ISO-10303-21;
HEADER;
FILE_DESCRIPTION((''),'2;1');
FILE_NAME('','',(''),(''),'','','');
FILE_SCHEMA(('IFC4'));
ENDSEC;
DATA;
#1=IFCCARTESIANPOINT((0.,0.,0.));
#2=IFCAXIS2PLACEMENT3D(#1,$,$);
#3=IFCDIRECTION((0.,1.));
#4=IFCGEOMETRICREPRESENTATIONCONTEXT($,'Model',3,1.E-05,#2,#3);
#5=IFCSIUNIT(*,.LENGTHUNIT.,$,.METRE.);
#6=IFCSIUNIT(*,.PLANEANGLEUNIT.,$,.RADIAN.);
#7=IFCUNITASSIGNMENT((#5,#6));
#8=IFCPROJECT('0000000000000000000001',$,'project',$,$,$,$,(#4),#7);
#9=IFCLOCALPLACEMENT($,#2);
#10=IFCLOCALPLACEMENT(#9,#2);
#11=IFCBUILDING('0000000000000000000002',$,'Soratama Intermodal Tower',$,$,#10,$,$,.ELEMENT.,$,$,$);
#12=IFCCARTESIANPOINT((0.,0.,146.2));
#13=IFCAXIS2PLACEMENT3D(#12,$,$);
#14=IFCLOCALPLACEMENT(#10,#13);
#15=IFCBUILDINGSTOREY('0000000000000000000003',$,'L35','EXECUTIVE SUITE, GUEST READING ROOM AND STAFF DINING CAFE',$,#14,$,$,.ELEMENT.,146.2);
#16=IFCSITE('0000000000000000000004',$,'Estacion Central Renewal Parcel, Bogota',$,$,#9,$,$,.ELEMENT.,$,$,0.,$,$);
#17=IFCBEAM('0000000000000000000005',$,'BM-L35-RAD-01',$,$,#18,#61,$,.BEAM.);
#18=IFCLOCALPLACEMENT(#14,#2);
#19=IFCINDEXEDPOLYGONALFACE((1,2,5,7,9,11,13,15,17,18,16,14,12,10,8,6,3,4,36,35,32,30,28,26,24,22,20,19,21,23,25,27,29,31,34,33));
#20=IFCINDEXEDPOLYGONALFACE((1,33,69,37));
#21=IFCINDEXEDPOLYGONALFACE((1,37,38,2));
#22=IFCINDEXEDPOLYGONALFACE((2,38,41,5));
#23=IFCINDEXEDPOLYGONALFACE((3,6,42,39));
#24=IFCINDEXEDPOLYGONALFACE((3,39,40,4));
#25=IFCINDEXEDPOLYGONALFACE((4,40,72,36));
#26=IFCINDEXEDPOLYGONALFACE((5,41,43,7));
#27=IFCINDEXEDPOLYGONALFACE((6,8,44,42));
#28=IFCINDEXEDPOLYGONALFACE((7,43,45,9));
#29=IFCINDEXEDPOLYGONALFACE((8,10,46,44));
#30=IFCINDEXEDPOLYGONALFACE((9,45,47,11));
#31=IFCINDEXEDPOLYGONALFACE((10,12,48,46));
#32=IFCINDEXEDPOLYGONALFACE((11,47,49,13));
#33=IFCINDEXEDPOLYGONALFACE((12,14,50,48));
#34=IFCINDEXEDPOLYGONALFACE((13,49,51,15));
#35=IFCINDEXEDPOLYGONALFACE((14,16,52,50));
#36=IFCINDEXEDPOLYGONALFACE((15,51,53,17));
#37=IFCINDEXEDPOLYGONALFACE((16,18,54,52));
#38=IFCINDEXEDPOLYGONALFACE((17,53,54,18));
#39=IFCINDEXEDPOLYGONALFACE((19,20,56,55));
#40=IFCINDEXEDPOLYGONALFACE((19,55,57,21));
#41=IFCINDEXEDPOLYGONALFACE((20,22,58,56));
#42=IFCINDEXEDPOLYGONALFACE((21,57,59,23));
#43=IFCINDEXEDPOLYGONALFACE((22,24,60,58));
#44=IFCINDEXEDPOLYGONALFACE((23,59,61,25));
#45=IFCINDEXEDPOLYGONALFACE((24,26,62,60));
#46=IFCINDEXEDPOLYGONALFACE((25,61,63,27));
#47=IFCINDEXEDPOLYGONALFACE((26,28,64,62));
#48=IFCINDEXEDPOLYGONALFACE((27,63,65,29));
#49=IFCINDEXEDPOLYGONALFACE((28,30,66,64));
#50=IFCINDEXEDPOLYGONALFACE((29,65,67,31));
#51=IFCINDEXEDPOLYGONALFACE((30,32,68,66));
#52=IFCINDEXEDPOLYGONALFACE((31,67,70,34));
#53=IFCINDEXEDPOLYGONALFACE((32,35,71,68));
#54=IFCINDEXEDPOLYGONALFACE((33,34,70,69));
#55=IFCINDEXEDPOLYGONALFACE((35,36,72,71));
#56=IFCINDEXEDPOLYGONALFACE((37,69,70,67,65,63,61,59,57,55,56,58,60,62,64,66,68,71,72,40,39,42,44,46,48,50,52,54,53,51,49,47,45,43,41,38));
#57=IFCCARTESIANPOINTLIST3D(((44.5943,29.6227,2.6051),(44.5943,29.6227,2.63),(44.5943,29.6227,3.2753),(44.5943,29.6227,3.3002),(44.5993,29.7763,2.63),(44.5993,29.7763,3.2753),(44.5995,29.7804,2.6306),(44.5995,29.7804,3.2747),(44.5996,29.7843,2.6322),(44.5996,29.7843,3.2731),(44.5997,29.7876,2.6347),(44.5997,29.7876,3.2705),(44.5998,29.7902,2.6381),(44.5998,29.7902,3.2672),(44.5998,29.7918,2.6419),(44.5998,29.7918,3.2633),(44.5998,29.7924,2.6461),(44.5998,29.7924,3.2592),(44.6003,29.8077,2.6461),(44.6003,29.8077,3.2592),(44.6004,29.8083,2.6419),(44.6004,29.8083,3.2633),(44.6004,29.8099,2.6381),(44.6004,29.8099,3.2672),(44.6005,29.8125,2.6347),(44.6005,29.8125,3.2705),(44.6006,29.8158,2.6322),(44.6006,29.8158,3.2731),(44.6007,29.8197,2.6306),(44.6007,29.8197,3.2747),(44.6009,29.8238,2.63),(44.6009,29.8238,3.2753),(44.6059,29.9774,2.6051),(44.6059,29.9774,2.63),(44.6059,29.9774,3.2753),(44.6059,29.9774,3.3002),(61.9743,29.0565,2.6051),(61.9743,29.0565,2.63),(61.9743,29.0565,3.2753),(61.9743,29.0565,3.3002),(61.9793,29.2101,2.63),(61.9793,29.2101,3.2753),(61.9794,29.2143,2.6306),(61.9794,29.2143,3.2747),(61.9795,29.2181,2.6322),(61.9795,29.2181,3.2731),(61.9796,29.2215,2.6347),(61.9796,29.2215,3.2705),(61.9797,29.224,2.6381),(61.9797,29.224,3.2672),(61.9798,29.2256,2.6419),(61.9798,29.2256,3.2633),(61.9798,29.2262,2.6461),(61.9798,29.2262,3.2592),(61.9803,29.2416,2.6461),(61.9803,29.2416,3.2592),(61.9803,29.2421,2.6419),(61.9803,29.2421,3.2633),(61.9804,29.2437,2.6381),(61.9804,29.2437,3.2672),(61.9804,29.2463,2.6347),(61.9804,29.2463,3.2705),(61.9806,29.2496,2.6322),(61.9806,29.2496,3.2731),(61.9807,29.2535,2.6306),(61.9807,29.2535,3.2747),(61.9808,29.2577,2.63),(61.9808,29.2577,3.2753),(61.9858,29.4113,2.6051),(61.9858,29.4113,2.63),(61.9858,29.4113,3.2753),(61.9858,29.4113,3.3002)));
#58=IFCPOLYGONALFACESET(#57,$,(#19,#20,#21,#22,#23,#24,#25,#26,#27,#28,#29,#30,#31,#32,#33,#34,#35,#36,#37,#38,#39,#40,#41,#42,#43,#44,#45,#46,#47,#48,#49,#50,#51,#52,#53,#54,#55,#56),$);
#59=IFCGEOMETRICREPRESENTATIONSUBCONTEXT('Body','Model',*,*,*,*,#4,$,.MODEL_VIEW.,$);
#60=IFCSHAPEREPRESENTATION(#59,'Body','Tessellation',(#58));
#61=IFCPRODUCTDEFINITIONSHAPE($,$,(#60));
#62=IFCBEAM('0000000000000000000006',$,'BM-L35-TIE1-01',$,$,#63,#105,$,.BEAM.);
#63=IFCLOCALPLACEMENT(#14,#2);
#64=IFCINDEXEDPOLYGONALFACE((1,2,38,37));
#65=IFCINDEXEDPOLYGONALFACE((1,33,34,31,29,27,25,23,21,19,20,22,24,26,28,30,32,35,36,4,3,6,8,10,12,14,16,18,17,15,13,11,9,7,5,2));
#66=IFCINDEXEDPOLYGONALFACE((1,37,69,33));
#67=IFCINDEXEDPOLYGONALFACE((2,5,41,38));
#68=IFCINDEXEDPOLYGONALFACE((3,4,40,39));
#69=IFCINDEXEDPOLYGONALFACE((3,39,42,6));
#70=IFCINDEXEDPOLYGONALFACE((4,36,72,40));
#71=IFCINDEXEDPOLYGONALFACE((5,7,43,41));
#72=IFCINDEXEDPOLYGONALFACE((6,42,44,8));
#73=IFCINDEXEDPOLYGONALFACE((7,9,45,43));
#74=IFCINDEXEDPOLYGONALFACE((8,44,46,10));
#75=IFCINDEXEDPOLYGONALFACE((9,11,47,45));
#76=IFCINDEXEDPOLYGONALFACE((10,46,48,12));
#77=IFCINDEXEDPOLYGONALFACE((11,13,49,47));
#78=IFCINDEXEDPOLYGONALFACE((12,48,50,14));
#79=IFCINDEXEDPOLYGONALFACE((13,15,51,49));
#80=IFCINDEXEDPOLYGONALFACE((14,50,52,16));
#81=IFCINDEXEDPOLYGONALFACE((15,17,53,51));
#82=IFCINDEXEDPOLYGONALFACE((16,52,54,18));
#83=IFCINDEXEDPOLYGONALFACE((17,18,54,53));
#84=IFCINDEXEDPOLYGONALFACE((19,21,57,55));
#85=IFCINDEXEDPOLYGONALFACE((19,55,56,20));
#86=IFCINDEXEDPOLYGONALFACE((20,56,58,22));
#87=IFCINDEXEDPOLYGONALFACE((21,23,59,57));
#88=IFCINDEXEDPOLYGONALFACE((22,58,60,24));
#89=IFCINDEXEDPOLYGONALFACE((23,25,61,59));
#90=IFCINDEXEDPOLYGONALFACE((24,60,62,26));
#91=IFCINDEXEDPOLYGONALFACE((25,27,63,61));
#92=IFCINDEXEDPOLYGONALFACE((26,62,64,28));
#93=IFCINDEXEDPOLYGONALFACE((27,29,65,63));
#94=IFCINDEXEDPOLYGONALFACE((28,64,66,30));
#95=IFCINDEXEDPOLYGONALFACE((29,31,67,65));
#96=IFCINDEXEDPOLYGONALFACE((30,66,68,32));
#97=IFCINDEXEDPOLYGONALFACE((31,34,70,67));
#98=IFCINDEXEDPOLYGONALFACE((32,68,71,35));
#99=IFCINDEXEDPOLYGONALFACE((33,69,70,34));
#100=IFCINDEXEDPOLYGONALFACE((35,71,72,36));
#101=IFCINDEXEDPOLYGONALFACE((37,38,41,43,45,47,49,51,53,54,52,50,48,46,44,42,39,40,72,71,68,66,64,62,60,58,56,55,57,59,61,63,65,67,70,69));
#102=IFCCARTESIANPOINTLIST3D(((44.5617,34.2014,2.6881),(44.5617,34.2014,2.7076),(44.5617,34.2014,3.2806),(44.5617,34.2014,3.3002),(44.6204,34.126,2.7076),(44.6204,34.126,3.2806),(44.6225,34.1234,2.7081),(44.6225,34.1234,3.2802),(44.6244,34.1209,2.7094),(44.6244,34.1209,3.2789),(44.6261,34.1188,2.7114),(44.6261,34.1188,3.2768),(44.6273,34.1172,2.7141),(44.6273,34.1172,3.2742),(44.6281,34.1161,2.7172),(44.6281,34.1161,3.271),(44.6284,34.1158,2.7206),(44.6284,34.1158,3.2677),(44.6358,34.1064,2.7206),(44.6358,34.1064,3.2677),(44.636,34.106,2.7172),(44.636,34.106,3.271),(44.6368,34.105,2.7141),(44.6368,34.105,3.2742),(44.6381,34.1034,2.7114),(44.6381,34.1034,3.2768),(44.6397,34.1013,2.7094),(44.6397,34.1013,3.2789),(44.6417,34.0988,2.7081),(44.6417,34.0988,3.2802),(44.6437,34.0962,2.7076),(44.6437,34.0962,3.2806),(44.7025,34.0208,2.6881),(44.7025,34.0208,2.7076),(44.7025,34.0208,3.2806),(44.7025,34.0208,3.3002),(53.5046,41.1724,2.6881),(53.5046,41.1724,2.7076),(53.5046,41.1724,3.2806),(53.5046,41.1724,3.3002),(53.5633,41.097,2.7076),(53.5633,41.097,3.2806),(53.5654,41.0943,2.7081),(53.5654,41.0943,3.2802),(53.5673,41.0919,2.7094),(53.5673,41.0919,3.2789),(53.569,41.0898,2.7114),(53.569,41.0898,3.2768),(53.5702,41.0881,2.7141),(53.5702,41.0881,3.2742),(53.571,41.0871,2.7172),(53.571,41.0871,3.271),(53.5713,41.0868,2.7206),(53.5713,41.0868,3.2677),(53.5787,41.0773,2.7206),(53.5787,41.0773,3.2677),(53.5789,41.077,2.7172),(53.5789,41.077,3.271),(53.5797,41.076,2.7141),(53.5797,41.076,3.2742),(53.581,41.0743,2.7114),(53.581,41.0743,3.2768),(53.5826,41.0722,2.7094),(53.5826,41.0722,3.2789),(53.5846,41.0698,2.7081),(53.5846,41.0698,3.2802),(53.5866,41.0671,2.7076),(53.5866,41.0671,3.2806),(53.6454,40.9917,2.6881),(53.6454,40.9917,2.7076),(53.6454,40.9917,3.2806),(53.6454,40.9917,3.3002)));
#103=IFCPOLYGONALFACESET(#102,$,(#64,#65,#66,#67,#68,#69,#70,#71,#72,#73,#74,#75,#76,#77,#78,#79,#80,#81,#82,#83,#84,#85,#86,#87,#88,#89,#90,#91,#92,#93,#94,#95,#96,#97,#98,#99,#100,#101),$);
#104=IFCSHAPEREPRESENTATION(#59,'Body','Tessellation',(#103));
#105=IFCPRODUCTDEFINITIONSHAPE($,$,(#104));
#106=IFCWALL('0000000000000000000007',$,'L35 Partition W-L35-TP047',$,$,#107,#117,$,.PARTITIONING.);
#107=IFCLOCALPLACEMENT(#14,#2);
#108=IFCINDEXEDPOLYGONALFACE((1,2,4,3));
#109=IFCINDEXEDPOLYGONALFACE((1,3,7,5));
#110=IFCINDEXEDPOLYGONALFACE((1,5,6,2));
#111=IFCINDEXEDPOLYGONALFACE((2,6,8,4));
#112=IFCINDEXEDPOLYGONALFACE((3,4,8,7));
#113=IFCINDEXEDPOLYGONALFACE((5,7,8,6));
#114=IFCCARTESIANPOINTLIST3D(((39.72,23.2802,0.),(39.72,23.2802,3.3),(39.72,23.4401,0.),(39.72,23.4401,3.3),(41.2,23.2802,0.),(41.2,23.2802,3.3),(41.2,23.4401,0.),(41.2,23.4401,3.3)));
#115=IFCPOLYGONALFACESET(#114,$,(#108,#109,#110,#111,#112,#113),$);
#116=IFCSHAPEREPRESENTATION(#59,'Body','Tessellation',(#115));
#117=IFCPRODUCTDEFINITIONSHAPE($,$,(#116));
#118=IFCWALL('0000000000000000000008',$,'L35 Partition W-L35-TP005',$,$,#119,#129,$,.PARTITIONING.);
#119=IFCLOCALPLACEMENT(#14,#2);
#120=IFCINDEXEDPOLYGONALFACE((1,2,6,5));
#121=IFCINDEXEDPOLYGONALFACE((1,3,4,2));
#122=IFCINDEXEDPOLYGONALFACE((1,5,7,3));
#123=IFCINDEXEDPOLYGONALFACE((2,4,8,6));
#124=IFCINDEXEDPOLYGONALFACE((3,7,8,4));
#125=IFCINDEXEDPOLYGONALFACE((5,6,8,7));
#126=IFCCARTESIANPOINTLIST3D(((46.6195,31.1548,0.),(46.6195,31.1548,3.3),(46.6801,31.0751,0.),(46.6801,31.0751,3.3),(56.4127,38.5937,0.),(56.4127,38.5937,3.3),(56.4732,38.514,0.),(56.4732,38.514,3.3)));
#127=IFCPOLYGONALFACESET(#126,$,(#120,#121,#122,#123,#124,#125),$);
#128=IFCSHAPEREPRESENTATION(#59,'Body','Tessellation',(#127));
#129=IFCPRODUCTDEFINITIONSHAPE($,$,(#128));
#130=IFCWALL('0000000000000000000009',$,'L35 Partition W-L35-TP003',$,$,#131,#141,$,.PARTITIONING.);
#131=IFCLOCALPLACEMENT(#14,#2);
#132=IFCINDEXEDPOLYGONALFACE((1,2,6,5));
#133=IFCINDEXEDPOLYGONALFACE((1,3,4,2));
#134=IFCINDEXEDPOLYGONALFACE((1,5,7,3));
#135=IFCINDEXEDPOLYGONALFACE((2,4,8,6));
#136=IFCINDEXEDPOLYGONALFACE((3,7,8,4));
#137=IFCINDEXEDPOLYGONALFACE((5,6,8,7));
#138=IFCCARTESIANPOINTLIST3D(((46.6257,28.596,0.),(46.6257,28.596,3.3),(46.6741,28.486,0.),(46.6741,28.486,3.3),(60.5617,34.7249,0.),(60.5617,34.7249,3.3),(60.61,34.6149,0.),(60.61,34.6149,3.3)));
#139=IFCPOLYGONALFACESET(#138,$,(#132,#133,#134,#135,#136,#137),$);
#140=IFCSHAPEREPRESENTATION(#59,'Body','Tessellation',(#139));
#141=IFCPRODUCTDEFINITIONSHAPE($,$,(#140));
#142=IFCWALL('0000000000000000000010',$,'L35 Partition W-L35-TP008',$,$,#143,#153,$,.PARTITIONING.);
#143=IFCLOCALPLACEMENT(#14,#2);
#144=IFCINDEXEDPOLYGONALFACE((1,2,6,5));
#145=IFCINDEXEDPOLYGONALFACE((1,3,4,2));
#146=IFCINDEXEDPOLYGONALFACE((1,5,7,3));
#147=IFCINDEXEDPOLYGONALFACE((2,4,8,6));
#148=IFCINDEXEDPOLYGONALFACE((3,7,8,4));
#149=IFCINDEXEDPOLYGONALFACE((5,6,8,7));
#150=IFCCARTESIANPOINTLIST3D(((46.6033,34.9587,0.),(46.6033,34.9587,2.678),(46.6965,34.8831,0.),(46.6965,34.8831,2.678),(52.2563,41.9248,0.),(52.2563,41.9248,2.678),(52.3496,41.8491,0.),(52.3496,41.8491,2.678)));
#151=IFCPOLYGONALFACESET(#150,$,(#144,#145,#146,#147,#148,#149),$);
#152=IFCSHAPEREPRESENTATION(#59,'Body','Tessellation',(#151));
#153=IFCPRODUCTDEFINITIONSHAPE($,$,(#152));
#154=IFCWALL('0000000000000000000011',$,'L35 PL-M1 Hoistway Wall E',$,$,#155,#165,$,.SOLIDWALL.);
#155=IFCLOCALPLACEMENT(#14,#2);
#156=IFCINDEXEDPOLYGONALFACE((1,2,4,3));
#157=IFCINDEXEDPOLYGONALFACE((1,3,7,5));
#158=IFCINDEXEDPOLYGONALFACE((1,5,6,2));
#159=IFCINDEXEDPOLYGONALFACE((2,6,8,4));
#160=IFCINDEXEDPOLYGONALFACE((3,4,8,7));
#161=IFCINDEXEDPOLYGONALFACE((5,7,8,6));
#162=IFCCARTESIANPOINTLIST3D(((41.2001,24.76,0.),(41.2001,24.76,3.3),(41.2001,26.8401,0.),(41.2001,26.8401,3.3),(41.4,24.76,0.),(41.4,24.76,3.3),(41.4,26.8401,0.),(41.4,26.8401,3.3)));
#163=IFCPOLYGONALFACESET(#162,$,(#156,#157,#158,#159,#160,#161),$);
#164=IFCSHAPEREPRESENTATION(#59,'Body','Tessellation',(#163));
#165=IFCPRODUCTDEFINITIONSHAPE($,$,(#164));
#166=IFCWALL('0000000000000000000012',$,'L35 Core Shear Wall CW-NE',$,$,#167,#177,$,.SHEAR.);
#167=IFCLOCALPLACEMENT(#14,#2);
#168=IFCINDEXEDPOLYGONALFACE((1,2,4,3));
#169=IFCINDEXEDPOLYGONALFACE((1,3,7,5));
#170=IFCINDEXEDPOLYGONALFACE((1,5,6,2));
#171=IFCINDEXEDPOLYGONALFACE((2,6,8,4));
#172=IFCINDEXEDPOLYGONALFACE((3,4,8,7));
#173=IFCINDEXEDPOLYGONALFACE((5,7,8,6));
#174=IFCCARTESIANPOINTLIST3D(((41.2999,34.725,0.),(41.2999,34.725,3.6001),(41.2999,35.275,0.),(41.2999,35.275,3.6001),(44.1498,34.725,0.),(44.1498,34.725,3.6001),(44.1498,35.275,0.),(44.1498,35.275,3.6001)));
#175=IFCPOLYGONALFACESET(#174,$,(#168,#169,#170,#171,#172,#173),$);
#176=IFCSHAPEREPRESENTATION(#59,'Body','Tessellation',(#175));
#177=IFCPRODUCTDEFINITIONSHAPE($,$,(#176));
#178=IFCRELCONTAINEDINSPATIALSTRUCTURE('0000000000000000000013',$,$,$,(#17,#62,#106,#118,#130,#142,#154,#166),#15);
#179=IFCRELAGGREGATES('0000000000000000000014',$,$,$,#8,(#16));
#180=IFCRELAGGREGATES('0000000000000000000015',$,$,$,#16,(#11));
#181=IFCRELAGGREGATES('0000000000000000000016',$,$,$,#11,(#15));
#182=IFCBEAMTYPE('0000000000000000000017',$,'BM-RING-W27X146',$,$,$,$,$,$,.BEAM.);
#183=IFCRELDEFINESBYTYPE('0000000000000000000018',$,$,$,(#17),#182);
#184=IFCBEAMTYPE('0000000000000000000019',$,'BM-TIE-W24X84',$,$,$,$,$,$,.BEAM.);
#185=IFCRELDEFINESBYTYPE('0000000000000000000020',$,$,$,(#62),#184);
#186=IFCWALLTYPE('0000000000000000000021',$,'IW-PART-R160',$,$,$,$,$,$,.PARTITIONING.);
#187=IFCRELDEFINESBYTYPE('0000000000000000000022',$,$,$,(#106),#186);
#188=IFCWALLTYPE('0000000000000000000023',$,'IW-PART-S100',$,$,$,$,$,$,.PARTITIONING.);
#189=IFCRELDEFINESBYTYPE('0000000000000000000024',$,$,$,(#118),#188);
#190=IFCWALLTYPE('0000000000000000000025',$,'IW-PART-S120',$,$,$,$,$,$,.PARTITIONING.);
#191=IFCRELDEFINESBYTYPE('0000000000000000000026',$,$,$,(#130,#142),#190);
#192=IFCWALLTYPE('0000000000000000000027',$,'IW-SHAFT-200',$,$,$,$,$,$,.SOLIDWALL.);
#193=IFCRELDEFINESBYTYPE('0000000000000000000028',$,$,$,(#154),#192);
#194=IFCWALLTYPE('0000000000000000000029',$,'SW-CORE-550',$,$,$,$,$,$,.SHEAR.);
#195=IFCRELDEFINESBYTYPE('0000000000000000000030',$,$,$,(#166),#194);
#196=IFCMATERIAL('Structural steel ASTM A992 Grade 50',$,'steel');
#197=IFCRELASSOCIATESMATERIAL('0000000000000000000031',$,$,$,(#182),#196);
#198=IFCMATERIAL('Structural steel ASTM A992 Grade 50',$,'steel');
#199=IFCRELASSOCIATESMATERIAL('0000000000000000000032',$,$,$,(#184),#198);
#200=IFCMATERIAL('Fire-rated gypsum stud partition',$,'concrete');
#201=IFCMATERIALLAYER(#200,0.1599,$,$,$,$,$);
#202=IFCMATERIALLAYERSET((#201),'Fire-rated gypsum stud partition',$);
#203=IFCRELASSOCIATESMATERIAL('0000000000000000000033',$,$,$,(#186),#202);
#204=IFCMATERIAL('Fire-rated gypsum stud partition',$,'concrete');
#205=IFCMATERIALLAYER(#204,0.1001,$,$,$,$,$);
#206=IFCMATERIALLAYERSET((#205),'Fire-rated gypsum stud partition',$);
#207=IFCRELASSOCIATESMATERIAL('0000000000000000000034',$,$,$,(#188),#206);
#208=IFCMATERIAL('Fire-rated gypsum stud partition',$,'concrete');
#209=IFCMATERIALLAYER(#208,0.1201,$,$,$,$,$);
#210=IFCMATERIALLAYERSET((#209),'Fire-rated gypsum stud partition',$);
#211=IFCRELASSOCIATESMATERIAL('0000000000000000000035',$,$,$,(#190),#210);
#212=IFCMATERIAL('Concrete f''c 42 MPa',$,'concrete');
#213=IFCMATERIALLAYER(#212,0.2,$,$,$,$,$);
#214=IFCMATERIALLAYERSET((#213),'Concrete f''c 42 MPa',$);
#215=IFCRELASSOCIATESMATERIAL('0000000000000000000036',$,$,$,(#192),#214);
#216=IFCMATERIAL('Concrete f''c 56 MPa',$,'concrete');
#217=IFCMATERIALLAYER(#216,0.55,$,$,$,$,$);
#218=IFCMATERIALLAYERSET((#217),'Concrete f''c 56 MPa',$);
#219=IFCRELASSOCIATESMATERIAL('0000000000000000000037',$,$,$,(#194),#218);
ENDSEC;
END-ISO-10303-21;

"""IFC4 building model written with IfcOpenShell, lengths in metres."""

from ifc_helpers import new_model, si_unit, direction, frame, frame_2d, origin, origin_2d, place, context, subcontext, project, spatial, rectangle, i_section, extrude, material, layer, layer_set, material_profile, profile_set, type_object, element, save


model = new_model("IFC4")

# Units and contexts
model_context = context("Model", 3, precision=1e-05, world=origin(), true_north=direction((0.0, 1.0)))
body_context = subcontext(model_context, "Body", "Model", "MODEL_VIEW")
ifc_project = project(units=[si_unit("LENGTHUNIT", "METRE"), si_unit("PLANEANGLEUNIT", "RADIAN")], contexts=[model_context])

# Site, building, storey
site_placement = place(None, origin())
site = spatial("IfcSite", under=ifc_project, at=site_placement, Name="Estacion Central Renewal Parcel, Bogota", CompositionType="ELEMENT", RefElevation=0.0)
building_placement = place(site_placement, origin())
building = spatial("IfcBuilding", under=site, at=building_placement, Name="Soratama Intermodal Tower", CompositionType="ELEMENT")
storey_placement = place(building_placement, frame((0.0, 0.0, 146.2)))
storey = spatial("IfcBuildingStorey", under=building, at=storey_placement, Name="L35", Description="EXECUTIVE SUITE, GUEST READING ROOM AND STAFF DINING CAFE", CompositionType="ELEMENT", Elevation=146.2)

# Beams
ifc_material_1 = material(Name="Structural steel ASTM A992 Grade 50", Category="steel")
ifc_material_profile_1 = material_profile(ifc_material_1, i_section(OverallWidth=0.355, OverallDepth=0.6951, WebThickness=0.0154, FlangeThickness=0.0249, FilletRadius=0.0161, at=origin_2d()), Name="W27X146")
ifc_profile_set_1 = profile_set([ifc_material_profile_1], Name="Structural steel ASTM A992 Grade 50")
beam_type_1 = type_object("IfcBeamType", Name="BM-RING-W27X146", PredefinedType="BEAM", material=ifc_profile_set_1)
beam_1_placement = place(storey_placement, frame((44.6001, 29.8, 2.9526), z_axis=(0.99947, -0.032558, 0.0), x_axis=(0.032558, 0.99947, 0.0)))
element("IfcBeam", 1, at=beam_1_placement, inside=storey, type_object=beam_type_1, Name="BM-L35-RAD-01", PredefinedType="BEAM", context=body_context, shape_type="SweptSolid", body=[
    extrude(i_section(OverallWidth=0.355, OverallDepth=0.6951, WebThickness=0.0154, FlangeThickness=0.0249, FilletRadius=0.0161, at=origin_2d()), origin(), (0.0, 0.0, 1.0), 17.3892),
])
ifc_material_2 = material(Name="Structural steel ASTM A992 Grade 50", Category="steel")
ifc_material_profile_2 = material_profile(ifc_material_2, i_section(OverallWidth=0.229, OverallDepth=0.6121, WebThickness=0.012, FlangeThickness=0.0195, FilletRadius=0.0129, at=origin_2d()), Name="W24X84")
ifc_profile_set_2 = profile_set([ifc_material_profile_2], Name="Structural steel ASTM A992 Grade 50")
beam_type_2 = type_object("IfcBeamType", Name="BM-TIE-W24X84", PredefinedType="BEAM", material=ifc_profile_set_2)
beam_2_placement = place(storey_placement, frame((44.6321, 34.1111, 2.9941), z_axis=(0.788694, 0.614785, 0.0), x_axis=(-0.614785, 0.788694, 0.0)))
element("IfcBeam", 2, at=beam_2_placement, inside=storey, type_object=beam_type_2, Name="BM-L35-TIE1-01", PredefinedType="BEAM", context=body_context, shape_type="SweptSolid", body=[
    extrude(i_section(OverallWidth=0.229, OverallDepth=0.6121, WebThickness=0.012, FlangeThickness=0.0195, FilletRadius=0.0129, at=origin_2d()), origin(), (0.0, 0.0, 1.0), 11.3389),
])

# Shared definitions
ifc_material_3 = material(Name="Fire-rated gypsum stud partition", Category="concrete")
ifc_layer_1 = layer(ifc_material_3, 0.1599)
ifc_layer_set_1 = layer_set([ifc_layer_1], Name="Fire-rated gypsum stud partition")
wall_type_1 = type_object("IfcWallType", Name="IW-PART-R160", PredefinedType="PARTITIONING", material=ifc_layer_set_1)

# Walls
wall_1_placement = place(storey_placement, frame((41.2, 23.3601, 0.0), z_axis=(0.0, 0.0, 1.0), x_axis=(-1.0, 0.0, 0.0)))
element("IfcWall", 3, at=wall_1_placement, inside=storey, type_object=wall_type_1, Name="L35 Partition W-L35-TP047", PredefinedType="PARTITIONING", context=body_context, shape_type="SweptSolid", body=[
    extrude(rectangle(XDim=1.48, YDim=0.1599, at=frame_2d((0.74, 0.0))), origin(), (0.0, 0.0, 1.0), 3.3),
])
ifc_material_4 = material(Name="Fire-rated gypsum stud partition", Category="concrete")
ifc_layer_2 = layer(ifc_material_4, 0.1001)
ifc_layer_set_2 = layer_set([ifc_layer_2], Name="Fire-rated gypsum stud partition")
wall_type_2 = type_object("IfcWallType", Name="IW-PART-S100", PredefinedType="PARTITIONING", material=ifc_layer_set_2)
wall_2_placement = place(storey_placement, frame((46.6499, 31.115, 0.0), z_axis=(0.0, 0.0, 1.0), x_axis=(0.796314, 0.604883, 0.0)))
element("IfcWall", 4, at=wall_2_placement, inside=storey, type_object=wall_type_2, Name="L35 Partition W-L35-TP005", PredefinedType="PARTITIONING", context=body_context, shape_type="SweptSolid", body=[
    extrude(rectangle(XDim=12.2981, YDim=0.1001, at=frame_2d((6.1489, 0.0))), origin(), (0.0, 0.0, 1.0), 3.3),
])
ifc_material_5 = material(Name="Fire-rated gypsum stud partition", Category="concrete")
ifc_layer_3 = layer(ifc_material_5, 0.1201)
ifc_layer_set_3 = layer_set([ifc_layer_3], Name="Fire-rated gypsum stud partition")
wall_type_3 = type_object("IfcWallType", Name="IW-PART-S120", PredefinedType="PARTITIONING", material=ifc_layer_set_3)
wall_3_placement = place(storey_placement, frame((46.6499, 28.541, 0.0), z_axis=(0.0, 0.0, 1.0), x_axis=(0.915386, 0.402576, 0.0)))
element("IfcWall", 5, at=wall_3_placement, inside=storey, type_object=wall_type_3, Name="L35 Partition W-L35-TP003", PredefinedType="PARTITIONING", context=body_context, shape_type="SweptSolid", body=[
    extrude(rectangle(XDim=15.2241, YDim=0.1201, at=frame_2d((7.6121, 0.0))), origin(), (0.0, 0.0, 1.0), 3.3),
])
wall_4_placement = place(storey_placement, frame((46.6499, 34.9209, 0.0), z_axis=(0.0, 0.0, 1.0), x_axis=(0.630133, 0.776488, 0.0)))
element("IfcWall", 6, at=wall_4_placement, inside=storey, type_object=wall_type_3, Name="L35 Partition W-L35-TP008", PredefinedType="PARTITIONING", context=body_context, shape_type="SweptSolid", body=[
    extrude(rectangle(XDim=8.9712, YDim=0.1201, at=frame_2d((4.4856, 0.0))), origin(), (0.0, 0.0, 1.0), 2.678),
])
ifc_material_6 = material(Name="Concrete f'c 42 MPa", Category="concrete")
ifc_layer_4 = layer(ifc_material_6, 0.2)
ifc_layer_set_4 = layer_set([ifc_layer_4], Name="Concrete f'c 42 MPa")
wall_type_4 = type_object("IfcWallType", Name="IW-SHAFT-200", PredefinedType="SOLIDWALL", material=ifc_layer_set_4)
wall_5_placement = place(storey_placement, frame((41.3, 24.76, 0.0), z_axis=(0.0, 0.0, 1.0), x_axis=(0.0, 1.0, 0.0)))
element("IfcWall", 7, at=wall_5_placement, inside=storey, type_object=wall_type_4, Name="L35 PL-M1 Hoistway Wall E", PredefinedType="SOLIDWALL", context=body_context, shape_type="SweptSolid", body=[
    extrude(rectangle(XDim=2.0801, YDim=0.2, at=frame_2d((1.04, 0.0))), origin(), (0.0, 0.0, 1.0), 3.3),
])
ifc_material_7 = material(Name="Concrete f'c 56 MPa", Category="concrete")
ifc_layer_5 = layer(ifc_material_7, 0.55)
ifc_layer_set_5 = layer_set([ifc_layer_5], Name="Concrete f'c 56 MPa")
wall_type_5 = type_object("IfcWallType", Name="SW-CORE-550", PredefinedType="SHEAR", material=ifc_layer_set_5)
wall_6_placement = place(storey_placement, frame((41.3, 35.0, 0.0), z_axis=(0.0, 0.0, 1.0), x_axis=(1.0, 0.0, 0.0)))
element("IfcWall", 8, at=wall_6_placement, inside=storey, type_object=wall_type_5, Name="L35 Core Shear Wall CW-NE", PredefinedType="SHEAR", context=body_context, shape_type="SweptSolid", body=[
    extrude(rectangle(XDim=2.8499, YDim=0.55, at=frame_2d((1.4248, 0.0))), origin(), (0.0, 0.0, 1.0), 3.6001),
])

save(model, "model.ifc")
